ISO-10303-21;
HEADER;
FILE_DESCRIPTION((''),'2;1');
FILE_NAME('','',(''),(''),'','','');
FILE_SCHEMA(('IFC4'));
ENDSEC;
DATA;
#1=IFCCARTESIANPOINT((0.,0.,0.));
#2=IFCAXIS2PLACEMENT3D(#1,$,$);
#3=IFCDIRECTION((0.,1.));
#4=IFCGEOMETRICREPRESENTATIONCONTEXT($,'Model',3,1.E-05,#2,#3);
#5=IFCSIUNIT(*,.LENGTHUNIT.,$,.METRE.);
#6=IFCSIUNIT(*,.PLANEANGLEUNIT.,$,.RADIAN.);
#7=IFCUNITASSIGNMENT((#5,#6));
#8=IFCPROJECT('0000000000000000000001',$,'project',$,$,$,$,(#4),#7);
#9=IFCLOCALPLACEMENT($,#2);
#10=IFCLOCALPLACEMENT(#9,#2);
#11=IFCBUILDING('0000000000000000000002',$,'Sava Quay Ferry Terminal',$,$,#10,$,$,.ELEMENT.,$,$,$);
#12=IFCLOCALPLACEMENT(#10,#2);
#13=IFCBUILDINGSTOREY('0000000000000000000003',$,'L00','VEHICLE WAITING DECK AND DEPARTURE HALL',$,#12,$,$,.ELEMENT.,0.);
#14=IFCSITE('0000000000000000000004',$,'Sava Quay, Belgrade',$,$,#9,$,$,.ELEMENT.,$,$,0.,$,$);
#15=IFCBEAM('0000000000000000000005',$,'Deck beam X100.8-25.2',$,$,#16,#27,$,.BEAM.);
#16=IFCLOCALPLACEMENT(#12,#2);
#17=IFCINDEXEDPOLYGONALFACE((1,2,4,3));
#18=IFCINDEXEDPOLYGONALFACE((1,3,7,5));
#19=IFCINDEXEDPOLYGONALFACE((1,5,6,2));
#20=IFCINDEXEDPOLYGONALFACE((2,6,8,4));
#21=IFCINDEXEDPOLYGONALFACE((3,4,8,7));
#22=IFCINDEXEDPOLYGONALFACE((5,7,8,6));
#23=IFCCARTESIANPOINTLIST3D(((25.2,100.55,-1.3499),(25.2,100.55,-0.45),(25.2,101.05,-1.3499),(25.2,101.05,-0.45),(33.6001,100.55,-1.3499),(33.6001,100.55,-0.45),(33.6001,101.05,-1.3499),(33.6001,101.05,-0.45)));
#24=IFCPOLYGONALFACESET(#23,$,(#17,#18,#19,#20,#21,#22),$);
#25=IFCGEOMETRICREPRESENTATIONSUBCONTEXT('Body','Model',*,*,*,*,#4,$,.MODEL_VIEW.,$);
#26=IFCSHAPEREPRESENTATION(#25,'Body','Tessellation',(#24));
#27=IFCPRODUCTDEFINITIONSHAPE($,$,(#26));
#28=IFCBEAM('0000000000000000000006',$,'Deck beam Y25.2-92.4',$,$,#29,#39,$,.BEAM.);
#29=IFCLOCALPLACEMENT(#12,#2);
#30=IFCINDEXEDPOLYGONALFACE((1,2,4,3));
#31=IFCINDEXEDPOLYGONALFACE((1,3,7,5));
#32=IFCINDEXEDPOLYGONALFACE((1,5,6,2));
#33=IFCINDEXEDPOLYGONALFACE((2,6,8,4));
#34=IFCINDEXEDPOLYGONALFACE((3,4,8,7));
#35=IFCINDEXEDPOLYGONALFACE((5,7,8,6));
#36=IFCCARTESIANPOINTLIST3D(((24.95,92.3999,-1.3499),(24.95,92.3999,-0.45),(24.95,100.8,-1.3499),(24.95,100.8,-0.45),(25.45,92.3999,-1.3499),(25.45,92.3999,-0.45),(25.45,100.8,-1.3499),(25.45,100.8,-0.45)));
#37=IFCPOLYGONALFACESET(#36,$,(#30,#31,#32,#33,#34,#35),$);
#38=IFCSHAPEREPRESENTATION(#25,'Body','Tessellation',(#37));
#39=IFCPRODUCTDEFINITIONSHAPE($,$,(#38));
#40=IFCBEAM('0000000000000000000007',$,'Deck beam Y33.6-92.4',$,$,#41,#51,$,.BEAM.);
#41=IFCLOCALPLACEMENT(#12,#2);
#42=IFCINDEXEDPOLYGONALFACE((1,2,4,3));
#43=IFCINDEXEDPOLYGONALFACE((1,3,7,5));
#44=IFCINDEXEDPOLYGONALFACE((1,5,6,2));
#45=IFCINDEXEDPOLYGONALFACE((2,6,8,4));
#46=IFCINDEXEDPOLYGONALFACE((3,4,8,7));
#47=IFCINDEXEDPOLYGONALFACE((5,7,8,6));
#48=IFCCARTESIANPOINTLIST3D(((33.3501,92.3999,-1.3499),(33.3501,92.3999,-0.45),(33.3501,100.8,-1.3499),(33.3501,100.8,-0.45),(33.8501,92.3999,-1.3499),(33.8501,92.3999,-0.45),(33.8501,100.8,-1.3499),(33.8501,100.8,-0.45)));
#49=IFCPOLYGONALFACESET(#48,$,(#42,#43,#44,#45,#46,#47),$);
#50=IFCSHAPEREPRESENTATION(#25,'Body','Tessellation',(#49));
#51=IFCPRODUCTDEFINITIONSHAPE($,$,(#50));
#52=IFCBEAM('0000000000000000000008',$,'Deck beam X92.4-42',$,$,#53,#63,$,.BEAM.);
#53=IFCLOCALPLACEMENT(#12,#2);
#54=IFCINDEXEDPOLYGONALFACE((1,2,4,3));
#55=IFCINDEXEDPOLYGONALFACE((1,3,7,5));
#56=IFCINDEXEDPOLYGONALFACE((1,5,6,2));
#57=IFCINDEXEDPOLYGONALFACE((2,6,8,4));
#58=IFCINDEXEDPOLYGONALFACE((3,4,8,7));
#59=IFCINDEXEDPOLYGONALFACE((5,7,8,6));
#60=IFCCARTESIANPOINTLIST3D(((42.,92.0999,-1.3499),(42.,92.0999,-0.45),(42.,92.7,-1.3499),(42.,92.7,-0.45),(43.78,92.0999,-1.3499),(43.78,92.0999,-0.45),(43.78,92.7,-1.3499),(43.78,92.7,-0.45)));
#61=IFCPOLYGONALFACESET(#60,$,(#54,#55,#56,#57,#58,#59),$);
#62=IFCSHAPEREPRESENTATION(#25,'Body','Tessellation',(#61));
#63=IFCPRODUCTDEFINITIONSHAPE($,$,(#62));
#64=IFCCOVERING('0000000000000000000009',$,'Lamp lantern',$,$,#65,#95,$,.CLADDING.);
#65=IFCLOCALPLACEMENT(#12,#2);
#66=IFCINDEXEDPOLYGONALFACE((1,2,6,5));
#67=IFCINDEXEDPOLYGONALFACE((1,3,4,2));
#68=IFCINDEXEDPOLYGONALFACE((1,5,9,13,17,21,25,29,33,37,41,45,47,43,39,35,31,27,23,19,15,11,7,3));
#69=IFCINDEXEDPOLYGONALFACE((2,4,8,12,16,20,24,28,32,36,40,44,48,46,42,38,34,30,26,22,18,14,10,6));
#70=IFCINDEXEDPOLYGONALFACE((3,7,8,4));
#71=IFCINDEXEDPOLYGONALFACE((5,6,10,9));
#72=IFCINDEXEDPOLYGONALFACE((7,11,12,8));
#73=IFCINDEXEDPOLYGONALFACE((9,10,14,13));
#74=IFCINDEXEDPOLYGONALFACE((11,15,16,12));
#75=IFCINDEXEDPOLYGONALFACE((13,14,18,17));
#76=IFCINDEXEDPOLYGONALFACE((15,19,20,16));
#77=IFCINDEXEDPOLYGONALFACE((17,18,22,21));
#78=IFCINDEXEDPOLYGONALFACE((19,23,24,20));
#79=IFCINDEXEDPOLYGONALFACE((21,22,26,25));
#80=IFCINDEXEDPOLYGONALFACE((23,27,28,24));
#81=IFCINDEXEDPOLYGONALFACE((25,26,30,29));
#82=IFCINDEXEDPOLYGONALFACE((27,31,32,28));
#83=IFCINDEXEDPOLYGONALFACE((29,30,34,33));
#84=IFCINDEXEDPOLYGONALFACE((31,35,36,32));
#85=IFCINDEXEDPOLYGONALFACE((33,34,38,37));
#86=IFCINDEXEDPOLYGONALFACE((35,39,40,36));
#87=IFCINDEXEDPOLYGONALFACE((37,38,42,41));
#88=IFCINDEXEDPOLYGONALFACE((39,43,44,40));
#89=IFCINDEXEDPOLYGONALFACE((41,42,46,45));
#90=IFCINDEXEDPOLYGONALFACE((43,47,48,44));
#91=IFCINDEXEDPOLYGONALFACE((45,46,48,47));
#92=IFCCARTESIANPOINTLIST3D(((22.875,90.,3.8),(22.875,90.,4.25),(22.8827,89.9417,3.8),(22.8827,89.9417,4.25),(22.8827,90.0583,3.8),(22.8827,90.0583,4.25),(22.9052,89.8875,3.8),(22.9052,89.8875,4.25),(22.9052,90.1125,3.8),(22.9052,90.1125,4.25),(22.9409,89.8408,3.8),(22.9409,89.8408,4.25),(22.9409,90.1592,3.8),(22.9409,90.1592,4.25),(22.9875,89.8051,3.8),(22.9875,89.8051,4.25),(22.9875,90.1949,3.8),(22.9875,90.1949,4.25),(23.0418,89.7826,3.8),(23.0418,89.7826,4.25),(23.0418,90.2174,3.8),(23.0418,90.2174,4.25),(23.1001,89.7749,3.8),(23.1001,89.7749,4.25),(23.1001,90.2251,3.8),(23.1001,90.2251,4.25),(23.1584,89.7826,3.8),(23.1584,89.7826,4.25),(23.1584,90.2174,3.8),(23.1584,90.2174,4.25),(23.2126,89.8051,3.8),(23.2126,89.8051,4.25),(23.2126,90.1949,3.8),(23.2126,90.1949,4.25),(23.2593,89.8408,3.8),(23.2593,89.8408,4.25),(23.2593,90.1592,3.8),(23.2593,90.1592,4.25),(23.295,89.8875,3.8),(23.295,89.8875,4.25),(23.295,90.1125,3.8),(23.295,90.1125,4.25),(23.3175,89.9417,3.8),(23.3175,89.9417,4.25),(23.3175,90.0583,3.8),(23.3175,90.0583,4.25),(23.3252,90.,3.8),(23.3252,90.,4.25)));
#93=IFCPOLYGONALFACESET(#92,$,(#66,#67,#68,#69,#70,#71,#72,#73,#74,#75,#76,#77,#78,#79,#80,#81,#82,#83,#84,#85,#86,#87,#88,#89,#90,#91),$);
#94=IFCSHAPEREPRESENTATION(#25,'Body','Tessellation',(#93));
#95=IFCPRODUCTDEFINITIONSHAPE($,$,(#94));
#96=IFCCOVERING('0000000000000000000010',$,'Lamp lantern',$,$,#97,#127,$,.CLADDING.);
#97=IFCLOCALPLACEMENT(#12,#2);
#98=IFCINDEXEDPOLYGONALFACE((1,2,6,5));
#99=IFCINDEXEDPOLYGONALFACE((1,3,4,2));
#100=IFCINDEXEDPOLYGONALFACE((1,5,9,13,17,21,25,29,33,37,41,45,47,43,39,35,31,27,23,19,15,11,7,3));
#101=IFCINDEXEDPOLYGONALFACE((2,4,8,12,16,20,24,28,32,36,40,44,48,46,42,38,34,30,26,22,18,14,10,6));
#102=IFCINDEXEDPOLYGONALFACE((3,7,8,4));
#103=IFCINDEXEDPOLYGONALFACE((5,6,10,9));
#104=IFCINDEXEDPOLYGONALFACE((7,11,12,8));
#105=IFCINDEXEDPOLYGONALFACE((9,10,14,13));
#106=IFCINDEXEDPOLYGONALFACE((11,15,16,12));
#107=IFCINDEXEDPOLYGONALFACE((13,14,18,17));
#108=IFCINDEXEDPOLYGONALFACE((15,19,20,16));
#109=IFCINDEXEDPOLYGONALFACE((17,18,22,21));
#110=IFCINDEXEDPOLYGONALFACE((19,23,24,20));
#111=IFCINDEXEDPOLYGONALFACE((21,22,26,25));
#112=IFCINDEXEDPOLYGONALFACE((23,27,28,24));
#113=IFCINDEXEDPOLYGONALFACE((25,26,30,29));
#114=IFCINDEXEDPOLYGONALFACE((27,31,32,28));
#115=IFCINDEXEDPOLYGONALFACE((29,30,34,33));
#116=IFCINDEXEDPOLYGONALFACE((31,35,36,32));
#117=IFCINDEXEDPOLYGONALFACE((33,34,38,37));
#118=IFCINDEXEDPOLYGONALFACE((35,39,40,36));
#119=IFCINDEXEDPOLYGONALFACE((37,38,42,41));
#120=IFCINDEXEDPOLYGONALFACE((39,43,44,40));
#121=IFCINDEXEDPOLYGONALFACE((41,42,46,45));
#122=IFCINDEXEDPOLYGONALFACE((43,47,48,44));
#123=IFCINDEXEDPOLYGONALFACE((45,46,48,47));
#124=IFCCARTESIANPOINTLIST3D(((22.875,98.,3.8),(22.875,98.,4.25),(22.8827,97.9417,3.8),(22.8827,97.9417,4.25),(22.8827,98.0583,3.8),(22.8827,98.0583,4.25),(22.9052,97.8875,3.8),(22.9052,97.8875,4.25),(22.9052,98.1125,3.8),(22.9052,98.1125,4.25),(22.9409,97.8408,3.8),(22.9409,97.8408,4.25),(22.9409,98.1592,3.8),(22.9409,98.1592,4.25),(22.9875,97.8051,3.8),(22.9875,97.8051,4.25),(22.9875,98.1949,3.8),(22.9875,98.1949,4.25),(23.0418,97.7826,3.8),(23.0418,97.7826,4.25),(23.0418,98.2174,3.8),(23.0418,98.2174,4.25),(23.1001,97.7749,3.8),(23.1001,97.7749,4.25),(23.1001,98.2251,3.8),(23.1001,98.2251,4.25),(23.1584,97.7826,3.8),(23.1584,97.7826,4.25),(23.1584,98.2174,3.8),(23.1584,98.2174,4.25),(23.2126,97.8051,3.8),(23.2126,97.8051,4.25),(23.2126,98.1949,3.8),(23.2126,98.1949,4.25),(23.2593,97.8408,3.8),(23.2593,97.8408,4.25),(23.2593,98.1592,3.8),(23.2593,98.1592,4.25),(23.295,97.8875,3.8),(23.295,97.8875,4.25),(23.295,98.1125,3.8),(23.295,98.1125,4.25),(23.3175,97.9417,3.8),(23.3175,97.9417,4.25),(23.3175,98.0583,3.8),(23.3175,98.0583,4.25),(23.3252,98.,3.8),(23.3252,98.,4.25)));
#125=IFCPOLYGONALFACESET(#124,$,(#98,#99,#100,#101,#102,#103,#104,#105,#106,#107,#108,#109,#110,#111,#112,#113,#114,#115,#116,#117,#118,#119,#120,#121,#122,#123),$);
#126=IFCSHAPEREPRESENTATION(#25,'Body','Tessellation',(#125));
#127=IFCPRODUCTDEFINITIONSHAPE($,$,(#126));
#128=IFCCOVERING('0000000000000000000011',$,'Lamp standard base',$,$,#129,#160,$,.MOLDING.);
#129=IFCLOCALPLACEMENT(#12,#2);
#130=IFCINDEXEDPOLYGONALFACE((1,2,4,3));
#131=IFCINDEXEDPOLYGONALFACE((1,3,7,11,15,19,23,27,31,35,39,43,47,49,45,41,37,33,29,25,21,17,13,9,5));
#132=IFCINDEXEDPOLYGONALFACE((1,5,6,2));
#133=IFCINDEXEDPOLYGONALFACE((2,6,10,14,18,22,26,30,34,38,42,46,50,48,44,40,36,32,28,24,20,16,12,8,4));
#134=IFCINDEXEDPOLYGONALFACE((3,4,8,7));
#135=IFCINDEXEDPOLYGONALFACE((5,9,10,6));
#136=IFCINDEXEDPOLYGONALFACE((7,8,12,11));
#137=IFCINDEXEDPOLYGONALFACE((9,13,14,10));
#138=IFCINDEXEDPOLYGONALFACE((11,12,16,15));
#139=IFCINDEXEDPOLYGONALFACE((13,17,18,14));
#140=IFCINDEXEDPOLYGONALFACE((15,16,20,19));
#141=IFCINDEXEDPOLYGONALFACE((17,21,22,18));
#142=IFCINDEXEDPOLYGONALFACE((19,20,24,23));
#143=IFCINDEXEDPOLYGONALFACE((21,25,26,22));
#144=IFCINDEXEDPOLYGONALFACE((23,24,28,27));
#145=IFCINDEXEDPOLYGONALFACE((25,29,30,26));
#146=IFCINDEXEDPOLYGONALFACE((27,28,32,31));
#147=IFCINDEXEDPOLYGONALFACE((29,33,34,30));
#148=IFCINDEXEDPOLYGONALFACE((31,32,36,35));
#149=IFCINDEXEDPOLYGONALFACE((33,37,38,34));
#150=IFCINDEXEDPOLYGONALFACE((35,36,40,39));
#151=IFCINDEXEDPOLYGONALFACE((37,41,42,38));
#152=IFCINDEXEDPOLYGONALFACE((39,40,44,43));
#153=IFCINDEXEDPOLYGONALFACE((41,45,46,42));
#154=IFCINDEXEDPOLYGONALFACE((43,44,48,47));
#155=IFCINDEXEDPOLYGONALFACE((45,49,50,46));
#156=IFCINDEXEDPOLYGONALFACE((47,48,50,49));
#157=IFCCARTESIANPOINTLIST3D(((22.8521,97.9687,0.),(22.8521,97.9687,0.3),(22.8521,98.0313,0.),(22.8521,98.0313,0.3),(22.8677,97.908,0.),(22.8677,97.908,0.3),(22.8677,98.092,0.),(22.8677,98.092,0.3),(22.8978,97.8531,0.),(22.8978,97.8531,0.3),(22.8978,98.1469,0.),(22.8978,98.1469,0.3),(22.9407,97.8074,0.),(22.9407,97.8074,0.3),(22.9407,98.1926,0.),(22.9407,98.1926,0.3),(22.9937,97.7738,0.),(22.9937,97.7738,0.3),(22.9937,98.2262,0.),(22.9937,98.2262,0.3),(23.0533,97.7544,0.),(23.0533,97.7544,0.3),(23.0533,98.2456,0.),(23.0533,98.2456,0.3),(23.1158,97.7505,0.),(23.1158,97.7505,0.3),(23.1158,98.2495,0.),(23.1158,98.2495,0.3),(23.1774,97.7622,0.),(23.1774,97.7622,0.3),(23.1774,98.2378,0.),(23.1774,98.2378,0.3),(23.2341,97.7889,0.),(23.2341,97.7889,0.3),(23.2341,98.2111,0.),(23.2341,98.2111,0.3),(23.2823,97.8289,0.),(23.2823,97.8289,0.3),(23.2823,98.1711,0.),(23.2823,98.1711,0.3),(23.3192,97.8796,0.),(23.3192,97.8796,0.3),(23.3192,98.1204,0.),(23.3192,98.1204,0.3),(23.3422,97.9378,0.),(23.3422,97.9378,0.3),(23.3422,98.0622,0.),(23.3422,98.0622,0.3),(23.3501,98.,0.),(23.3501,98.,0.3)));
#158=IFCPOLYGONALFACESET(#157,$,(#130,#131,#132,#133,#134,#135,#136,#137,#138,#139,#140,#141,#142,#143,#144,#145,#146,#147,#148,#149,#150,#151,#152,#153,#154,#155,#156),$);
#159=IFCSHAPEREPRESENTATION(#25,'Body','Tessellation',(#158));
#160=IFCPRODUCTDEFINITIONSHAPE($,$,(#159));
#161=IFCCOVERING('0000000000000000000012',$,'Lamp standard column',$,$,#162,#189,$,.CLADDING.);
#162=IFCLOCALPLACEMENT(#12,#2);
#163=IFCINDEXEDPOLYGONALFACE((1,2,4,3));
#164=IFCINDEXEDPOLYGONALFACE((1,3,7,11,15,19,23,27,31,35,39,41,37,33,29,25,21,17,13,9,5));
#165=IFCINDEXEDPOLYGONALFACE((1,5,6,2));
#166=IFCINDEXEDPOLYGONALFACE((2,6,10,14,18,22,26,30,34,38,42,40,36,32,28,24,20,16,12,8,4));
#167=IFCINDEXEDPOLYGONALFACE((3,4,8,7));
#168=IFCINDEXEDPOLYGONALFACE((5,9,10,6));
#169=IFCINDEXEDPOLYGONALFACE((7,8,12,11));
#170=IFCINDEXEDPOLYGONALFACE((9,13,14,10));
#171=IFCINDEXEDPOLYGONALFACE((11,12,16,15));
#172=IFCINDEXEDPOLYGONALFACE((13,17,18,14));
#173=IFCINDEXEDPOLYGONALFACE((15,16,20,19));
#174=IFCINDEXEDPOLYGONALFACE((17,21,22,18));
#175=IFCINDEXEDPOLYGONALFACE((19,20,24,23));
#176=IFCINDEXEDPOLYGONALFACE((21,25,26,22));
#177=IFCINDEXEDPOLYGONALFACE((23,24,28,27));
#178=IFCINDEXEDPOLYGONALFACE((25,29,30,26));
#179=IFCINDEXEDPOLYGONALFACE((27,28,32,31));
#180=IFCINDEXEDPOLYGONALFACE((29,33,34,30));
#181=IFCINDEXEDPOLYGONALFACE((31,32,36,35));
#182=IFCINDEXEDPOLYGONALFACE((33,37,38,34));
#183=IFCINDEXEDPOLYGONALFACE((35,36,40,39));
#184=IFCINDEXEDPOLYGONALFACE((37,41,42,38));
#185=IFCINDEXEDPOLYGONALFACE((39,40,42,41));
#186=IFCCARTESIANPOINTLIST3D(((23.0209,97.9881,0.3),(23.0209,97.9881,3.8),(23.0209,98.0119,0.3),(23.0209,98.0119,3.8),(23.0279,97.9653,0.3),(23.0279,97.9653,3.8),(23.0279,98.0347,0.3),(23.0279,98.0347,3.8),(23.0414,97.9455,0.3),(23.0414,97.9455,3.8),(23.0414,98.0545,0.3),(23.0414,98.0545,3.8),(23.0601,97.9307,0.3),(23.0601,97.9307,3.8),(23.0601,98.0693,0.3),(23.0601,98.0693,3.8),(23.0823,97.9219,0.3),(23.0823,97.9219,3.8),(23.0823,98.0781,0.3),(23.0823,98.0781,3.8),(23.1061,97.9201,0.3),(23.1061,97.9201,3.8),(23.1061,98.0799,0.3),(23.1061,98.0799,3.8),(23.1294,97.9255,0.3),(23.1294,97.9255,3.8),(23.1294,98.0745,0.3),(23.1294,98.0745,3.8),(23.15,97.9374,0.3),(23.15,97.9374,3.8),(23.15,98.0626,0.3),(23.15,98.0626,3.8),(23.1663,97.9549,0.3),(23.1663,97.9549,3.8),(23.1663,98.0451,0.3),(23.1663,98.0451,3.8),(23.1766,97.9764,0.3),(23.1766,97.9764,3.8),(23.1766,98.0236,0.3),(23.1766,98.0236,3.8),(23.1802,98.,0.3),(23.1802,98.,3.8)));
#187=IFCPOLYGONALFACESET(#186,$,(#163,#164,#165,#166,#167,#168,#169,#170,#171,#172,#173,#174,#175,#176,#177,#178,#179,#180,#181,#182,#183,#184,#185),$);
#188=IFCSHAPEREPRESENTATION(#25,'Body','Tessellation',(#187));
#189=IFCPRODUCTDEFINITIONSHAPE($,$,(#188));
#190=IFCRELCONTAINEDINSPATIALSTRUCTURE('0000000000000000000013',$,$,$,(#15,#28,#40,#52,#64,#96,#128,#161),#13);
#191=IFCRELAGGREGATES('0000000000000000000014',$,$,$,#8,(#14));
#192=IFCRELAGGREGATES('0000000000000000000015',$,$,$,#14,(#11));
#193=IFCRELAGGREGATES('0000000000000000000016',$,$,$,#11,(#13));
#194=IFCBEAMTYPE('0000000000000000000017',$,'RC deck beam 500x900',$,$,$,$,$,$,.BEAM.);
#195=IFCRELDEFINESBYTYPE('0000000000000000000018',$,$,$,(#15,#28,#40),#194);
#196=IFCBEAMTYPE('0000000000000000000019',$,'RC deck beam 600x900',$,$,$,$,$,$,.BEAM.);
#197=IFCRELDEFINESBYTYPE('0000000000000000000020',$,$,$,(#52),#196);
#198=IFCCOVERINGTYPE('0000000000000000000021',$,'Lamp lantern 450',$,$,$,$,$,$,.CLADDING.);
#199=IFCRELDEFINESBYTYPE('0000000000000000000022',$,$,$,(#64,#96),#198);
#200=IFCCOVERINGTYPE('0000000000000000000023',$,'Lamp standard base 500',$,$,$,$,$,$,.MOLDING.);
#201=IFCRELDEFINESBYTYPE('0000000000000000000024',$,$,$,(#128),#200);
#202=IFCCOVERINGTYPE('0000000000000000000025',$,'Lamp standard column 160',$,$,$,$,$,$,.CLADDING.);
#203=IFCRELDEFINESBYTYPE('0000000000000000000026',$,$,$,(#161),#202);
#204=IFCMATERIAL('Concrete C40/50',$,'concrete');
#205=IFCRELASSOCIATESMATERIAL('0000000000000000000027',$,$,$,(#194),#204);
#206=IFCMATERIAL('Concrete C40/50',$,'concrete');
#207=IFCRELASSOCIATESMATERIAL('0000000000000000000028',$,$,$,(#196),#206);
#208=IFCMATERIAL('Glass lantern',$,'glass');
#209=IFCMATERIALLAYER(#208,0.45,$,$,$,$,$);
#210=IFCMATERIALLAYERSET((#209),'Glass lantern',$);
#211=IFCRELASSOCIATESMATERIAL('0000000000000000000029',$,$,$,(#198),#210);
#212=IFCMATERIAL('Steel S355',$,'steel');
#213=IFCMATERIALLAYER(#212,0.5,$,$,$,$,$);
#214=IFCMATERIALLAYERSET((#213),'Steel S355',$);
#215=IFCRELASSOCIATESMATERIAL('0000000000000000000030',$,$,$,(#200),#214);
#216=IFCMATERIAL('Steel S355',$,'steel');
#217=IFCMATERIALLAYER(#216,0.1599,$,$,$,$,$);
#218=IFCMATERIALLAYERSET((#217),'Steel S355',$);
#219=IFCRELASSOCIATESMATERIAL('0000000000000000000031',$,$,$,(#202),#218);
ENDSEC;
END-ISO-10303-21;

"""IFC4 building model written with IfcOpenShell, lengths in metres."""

from ifc_helpers import new_model, si_unit, direction, frame, origin, origin_2d, place, context, subcontext, project, spatial, rectangle, circle, extrude, material, layer, layer_set, material_profile, profile_set, type_object, element, save


model = new_model("IFC4")

# Units and contexts
model_context = context("Model", 3, precision=1e-05, world=origin(), true_north=direction((0.0, 1.0)))
body_context = subcontext(model_context, "Body", "Model", "MODEL_VIEW")
ifc_project = project(units=[si_unit("LENGTHUNIT", "METRE"), si_unit("PLANEANGLEUNIT", "RADIAN")], contexts=[model_context])

# Site, building, storey
site_placement = place(None, origin())
site = spatial("IfcSite", under=ifc_project, at=site_placement, Name="Sava Quay, Belgrade", CompositionType="ELEMENT", RefElevation=0.0)
building_placement = place(site_placement, origin())
building = spatial("IfcBuilding", under=site, at=building_placement, Name="Sava Quay Ferry Terminal", CompositionType="ELEMENT")
storey_placement = place(building_placement, origin())
storey = spatial("IfcBuildingStorey", under=building, at=storey_placement, Name="L00", Description="VEHICLE WAITING DECK AND DEPARTURE HALL", CompositionType="ELEMENT", Elevation=0.0)

# Beams
ifc_material_1 = material(Name="Concrete C40/50", Category="concrete")
ifc_material_profile_1 = material_profile(ifc_material_1, rectangle(XDim=0.5, YDim=0.8999, at=origin_2d()), Name="RC 500x900")
ifc_profile_set_1 = profile_set([ifc_material_profile_1], Name="Concrete C40/50")
beam_type_1 = type_object("IfcBeamType", Name="RC deck beam 500x900", PredefinedType="BEAM", material=ifc_profile_set_1)
for number, where, z_axis, x_axis, name in (
    (1, (25.2, 100.8, -0.8999), (1.0, 0.0, 0.0), (0.0, 1.0, 0.0), "Deck beam X100.8-25.2"),
    (2, (25.2, 92.3999, -0.8999), (0.0, 1.0, 0.0), (-1.0, 0.0, 0.0), "Deck beam Y25.2-92.4"),
    (3, (33.6001, 92.3999, -0.8999), (0.0, 1.0, 0.0), (-1.0, 0.0, 0.0), "Deck beam Y33.6-92.4"),
):
    element("IfcBeam", number, at=place(storey_placement, frame(where, z_axis=z_axis, x_axis=x_axis)), inside=storey, type_object=beam_type_1, Name=name, PredefinedType="BEAM", context=body_context, shape_type="SweptSolid", body=[
        extrude(rectangle(XDim=0.5, YDim=0.8999, at=origin_2d()), origin(), (0.0, 0.0, 1.0), 8.4001),
    ])
ifc_material_2 = material(Name="Concrete C40/50", Category="concrete")
ifc_material_profile_2 = material_profile(ifc_material_2, rectangle(XDim=0.6001, YDim=0.8999, at=origin_2d()), Name="RC 600x900")
ifc_profile_set_2 = profile_set([ifc_material_profile_2], Name="Concrete C40/50")
beam_type_2 = type_object("IfcBeamType", Name="RC deck beam 600x900", PredefinedType="BEAM", material=ifc_profile_set_2)
beam_1_placement = place(storey_placement, frame((42.0, 92.3999, -0.8999), z_axis=(1.0, 0.0, 0.0), x_axis=(0.0, 1.0, 0.0)))
element("IfcBeam", 4, at=beam_1_placement, inside=storey, type_object=beam_type_2, Name="Deck beam X92.4-42", PredefinedType="BEAM", context=body_context, shape_type="SweptSolid", body=[
    extrude(rectangle(XDim=0.6001, YDim=0.8999, at=origin_2d()), origin(), (0.0, 0.0, 1.0), 1.78),
])

# Coverings
ifc_material_3 = material(Name="Glass lantern", Category="glass")
ifc_layer_1 = layer(ifc_material_3, 0.45)
ifc_layer_set_1 = layer_set([ifc_layer_1], Name="Glass lantern")
covering_type_1 = type_object("IfcCoveringType", Name="Lamp lantern 450", PredefinedType="CLADDING", material=ifc_layer_set_1)
for number, where, z_axis, x_axis, name in (
    (5, (23.1001, 90.0, 4.25), (0.0, 0.0, -1.0), (1.0, 0.0, 0.0), "Lamp lantern"),
    (6, (23.1001, 98.0, 4.25), (0.0, 0.0, -1.0), (1.0, 0.0, 0.0), "Lamp lantern"),
):
    element("IfcCovering", number, at=place(storey_placement, frame(where, z_axis=z_axis, x_axis=x_axis)), inside=storey, type_object=covering_type_1, Name=name, PredefinedType="CLADDING", context=body_context, shape_type="SweptSolid", body=[
        extrude(circle(Radius=0.2251, at=origin_2d()), origin(), (0.0, 0.0, 1.0), 0.45),
    ])
ifc_material_4 = material(Name="Steel S355", Category="steel")
ifc_layer_2 = layer(ifc_material_4, 0.5)
ifc_layer_set_2 = layer_set([ifc_layer_2], Name="Steel S355")
covering_type_2 = type_object("IfcCoveringType", Name="Lamp standard base 500", PredefinedType="MOLDING", material=ifc_layer_set_2)
covering_1_placement = place(storey_placement, frame((23.1001, 98.0, 0.3), z_axis=(0.0, 0.0, -1.0), x_axis=(1.0, 0.0, 0.0)))
element("IfcCovering", 7, at=covering_1_placement, inside=storey, type_object=covering_type_2, Name="Lamp standard base", PredefinedType="MOLDING", context=body_context, shape_type="SweptSolid", body=[
    extrude(circle(Radius=0.25, at=origin_2d()), origin(), (0.0, 0.0, 1.0), 0.3),
])
ifc_material_5 = material(Name="Steel S355", Category="steel")
ifc_layer_3 = layer(ifc_material_5, 0.1599)
ifc_layer_set_3 = layer_set([ifc_layer_3], Name="Steel S355")
covering_type_3 = type_object("IfcCoveringType", Name="Lamp standard column 160", PredefinedType="CLADDING", material=ifc_layer_set_3)
covering_2_placement = place(storey_placement, frame((23.1001, 98.0, 3.8), z_axis=(0.0, 0.0, -1.0), x_axis=(1.0, 0.0, 0.0)))
element("IfcCovering", 8, at=covering_2_placement, inside=storey, type_object=covering_type_3, Name="Lamp standard column", PredefinedType="CLADDING", context=body_context, shape_type="SweptSolid", body=[
    extrude(circle(Radius=0.0801, at=origin_2d()), origin(), (0.0, 0.0, 1.0), 3.5),
])

save(model, "model.ifc")
